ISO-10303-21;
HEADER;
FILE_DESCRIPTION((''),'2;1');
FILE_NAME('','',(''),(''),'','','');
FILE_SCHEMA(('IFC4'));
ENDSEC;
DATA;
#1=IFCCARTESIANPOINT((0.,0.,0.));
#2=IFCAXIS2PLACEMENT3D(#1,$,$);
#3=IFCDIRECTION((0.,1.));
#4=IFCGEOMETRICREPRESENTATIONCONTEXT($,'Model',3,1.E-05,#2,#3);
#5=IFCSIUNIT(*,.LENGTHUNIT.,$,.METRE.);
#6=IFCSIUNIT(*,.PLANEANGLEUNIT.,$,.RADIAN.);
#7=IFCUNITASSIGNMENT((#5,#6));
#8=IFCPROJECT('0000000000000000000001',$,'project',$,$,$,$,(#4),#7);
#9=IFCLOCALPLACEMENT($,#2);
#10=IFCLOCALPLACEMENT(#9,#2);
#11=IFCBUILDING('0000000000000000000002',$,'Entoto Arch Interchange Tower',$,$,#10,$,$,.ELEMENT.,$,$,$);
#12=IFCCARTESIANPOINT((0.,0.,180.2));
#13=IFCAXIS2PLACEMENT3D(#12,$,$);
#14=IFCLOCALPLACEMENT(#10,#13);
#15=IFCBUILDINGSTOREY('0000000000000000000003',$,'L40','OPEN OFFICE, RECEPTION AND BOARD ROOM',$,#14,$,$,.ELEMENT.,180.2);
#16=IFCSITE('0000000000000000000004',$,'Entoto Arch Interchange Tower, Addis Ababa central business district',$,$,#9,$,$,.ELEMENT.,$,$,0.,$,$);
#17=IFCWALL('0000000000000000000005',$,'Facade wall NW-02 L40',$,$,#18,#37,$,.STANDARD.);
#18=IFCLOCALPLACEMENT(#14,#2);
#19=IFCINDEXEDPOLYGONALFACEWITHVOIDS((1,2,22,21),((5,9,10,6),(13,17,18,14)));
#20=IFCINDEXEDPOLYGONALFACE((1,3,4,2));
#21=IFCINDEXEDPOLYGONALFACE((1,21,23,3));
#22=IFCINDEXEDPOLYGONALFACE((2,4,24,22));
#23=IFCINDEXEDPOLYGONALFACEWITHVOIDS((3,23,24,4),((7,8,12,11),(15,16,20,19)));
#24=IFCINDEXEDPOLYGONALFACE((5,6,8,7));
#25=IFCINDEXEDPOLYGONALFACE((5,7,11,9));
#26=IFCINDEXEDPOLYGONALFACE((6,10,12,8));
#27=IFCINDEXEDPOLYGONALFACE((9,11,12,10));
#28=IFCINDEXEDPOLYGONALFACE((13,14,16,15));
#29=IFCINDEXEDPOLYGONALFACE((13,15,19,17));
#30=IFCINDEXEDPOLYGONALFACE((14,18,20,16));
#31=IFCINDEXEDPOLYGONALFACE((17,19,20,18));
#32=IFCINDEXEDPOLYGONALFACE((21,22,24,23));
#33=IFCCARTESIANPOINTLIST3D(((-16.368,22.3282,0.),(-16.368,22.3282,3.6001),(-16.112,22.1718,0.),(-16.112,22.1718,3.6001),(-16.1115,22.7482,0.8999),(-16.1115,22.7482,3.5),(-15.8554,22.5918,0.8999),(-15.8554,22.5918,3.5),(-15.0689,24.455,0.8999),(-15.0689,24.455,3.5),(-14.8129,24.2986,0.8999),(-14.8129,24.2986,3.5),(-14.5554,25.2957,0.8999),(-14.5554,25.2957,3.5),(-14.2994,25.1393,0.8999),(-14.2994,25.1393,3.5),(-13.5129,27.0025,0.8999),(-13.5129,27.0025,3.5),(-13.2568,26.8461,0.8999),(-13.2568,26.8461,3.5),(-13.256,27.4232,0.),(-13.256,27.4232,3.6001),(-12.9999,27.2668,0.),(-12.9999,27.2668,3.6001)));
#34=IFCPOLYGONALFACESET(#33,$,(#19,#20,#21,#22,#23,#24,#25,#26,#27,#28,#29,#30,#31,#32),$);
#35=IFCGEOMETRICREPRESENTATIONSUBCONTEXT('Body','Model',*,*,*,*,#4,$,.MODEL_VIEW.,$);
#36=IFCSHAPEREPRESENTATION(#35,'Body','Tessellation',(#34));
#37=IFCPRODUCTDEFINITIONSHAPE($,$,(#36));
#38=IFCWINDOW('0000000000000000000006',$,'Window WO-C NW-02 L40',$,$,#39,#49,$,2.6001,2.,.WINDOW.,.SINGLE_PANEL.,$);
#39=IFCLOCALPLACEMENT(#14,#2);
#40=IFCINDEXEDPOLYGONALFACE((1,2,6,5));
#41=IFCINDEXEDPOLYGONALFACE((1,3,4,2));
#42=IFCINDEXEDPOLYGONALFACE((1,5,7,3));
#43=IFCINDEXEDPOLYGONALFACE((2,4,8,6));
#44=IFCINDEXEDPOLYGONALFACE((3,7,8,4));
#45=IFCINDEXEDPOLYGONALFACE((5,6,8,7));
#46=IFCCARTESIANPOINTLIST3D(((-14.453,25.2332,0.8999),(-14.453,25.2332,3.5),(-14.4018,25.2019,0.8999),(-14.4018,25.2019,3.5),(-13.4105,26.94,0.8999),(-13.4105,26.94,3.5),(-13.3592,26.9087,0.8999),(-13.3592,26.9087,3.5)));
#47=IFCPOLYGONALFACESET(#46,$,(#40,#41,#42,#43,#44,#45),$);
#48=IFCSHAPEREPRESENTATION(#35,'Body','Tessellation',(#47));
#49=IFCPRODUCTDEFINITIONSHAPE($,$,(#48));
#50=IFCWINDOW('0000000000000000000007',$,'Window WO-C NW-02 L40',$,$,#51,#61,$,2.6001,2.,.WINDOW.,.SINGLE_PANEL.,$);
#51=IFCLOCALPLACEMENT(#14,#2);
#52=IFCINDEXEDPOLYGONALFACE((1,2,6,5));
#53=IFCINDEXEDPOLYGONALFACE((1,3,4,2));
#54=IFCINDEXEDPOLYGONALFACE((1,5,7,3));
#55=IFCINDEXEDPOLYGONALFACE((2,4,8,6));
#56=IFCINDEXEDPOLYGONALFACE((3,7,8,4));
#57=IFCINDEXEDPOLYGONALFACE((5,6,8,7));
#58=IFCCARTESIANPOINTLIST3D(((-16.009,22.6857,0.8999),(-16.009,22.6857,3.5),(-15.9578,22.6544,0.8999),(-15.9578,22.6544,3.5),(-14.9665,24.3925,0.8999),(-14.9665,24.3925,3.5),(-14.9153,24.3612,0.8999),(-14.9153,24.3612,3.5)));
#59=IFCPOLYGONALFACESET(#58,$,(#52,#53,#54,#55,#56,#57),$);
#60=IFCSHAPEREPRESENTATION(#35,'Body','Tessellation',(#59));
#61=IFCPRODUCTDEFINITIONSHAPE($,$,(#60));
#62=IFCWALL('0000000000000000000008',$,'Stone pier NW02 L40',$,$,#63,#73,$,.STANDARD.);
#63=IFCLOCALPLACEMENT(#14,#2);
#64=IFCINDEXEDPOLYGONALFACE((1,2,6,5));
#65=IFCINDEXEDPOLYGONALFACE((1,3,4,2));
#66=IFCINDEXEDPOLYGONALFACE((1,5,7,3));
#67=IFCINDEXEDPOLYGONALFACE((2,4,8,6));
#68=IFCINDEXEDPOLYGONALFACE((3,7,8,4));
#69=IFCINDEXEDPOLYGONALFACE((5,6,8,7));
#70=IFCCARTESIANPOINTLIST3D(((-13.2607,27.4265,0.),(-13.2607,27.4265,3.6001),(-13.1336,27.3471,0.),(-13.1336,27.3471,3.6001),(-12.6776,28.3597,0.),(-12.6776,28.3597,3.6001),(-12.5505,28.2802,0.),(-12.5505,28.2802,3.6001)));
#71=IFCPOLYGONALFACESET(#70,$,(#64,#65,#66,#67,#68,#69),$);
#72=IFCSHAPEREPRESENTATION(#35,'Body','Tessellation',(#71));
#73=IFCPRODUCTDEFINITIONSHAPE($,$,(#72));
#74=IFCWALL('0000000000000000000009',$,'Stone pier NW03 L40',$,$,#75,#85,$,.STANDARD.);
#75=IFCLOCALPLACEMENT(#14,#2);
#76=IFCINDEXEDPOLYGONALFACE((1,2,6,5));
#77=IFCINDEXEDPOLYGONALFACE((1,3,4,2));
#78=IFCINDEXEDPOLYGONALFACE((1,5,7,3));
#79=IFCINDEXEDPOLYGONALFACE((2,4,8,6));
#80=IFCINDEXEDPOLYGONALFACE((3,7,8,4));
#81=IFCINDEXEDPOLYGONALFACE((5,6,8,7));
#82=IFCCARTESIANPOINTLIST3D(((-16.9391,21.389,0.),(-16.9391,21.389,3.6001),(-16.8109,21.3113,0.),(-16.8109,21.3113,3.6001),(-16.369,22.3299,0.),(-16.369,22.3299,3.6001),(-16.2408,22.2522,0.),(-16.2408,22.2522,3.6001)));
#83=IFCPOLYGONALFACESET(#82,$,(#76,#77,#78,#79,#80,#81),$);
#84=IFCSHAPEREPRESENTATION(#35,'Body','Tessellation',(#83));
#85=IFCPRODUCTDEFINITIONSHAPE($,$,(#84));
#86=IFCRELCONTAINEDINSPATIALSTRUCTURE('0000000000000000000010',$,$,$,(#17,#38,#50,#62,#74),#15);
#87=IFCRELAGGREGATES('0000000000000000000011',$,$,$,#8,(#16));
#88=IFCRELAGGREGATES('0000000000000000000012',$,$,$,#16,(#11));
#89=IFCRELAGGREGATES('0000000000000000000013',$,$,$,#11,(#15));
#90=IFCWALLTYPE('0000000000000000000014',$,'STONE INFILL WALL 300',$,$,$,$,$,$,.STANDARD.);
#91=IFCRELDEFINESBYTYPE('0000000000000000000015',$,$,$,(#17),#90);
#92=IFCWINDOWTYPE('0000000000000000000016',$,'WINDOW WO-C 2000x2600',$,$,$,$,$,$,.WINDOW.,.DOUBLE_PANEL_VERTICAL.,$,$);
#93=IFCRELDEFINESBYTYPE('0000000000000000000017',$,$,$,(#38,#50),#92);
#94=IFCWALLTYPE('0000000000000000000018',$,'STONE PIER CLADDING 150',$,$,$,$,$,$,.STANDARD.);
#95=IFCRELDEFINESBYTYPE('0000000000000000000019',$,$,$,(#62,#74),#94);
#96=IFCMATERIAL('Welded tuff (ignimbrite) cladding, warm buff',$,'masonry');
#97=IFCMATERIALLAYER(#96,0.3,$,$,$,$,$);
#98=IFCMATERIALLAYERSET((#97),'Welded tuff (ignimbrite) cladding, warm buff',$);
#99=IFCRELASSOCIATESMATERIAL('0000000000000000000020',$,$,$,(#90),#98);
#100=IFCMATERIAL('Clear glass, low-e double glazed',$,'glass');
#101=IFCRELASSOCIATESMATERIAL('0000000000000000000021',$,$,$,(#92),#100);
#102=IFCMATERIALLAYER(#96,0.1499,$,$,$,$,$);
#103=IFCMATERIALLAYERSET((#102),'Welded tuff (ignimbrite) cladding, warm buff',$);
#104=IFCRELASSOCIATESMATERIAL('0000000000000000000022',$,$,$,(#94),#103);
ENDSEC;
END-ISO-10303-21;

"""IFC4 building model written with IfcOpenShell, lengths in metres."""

from ifc_helpers import new_model, si_unit, direction, frame, frame_2d, origin, place, context, subcontext, project, spatial, rectangle, extrude, material, layer, layer_set, type_object, element, fill, save


model = new_model("IFC4")

# Units and contexts
model_context = context("Model", 3, precision=1e-05, world=origin(), true_north=direction((0.0, 1.0)))
body_context = subcontext(model_context, "Body", "Model", "MODEL_VIEW")
ifc_project = project(units=[si_unit("LENGTHUNIT", "METRE"), si_unit("PLANEANGLEUNIT", "RADIAN")], contexts=[model_context])

# Site, building, storey
site_placement = place(None, origin())
site = spatial("IfcSite", under=ifc_project, at=site_placement, Name="Entoto Arch Interchange Tower, Addis Ababa central business district", CompositionType="ELEMENT", RefElevation=0.0)
building_placement = place(site_placement, origin())
building = spatial("IfcBuilding", under=site, at=building_placement, Name="Entoto Arch Interchange Tower", CompositionType="ELEMENT")
storey_placement = place(building_placement, frame((0.0, 0.0, 180.2)))
storey = spatial("IfcBuildingStorey", under=building, at=storey_placement, Name="L40", Description="OPEN OFFICE, RECEPTION AND BOARD ROOM", CompositionType="ELEMENT", Elevation=180.2)

# Wall, openings, windows
ifc_material_1 = material(Name="Welded tuff (ignimbrite) cladding, warm buff", Category="masonry")
ifc_layer_1 = layer(ifc_material_1, 0.3)
ifc_layer_set_1 = layer_set([ifc_layer_1], Name="Welded tuff (ignimbrite) cladding, warm buff")
wall_type_1 = type_object("IfcWallType", Name="STONE INFILL WALL 300", PredefinedType="STANDARD", material=ifc_layer_set_1)
wall_1_placement = place(storey_placement, frame((-13.1279, 27.345, 0.0), z_axis=(0.0, 0.0, 1.0), x_axis=(-0.521263, -0.853396, 0.0)))
wall_1 = element("IfcWall", 1, at=wall_1_placement, inside=storey, type_object=wall_type_1, Name="Facade wall NW-02 L40", PredefinedType="STANDARD", context=body_context, shape_type="SweptSolid", body=[
    extrude(rectangle(XDim=5.9702, YDim=0.3, at=frame_2d((2.9851, 0.0))), origin(), (0.0, 0.0, 1.0), 3.6001),
])
opening_1_placement = place(wall_1_placement, frame((0.4929, 0.0, 0.8999)))
opening_1 = element("IfcOpeningElement", 2, at=opening_1_placement, cuts=wall_1, PredefinedType="OPENING", context=body_context, shape_type="SweptSolid", body=[
    extrude(rectangle(XDim=2.0, YDim=2.6001, at=frame_2d((1.0, 1.3))), frame((0.0, 0.1602, 0.0), z_axis=(0.0, -1.0, 0.0), x_axis=(1.0, 0.0, 0.0)), (0.0, 0.0, 1.0), 0.3201),
])
opening_2_placement = place(wall_1_placement, frame((3.478, 0.0, 0.8999)))
opening_2 = element("IfcOpeningElement", 3, at=opening_2_placement, cuts=wall_1, PredefinedType="OPENING", context=body_context, shape_type="SweptSolid", body=[
    extrude(rectangle(XDim=2.0, YDim=2.6001, at=frame_2d((1.0, 1.3))), frame((0.0, 0.1602, 0.0), z_axis=(0.0, -1.0, 0.0), x_axis=(1.0, 0.0, 0.0)), (0.0, 0.0, 1.0), 0.3201),
])
ifc_material_2 = material(Name="Clear glass, low-e double glazed", Category="glass")
window_type = type_object("IfcWindowType", Name="WINDOW WO-C 2000x2600", PartitioningType="DOUBLE_PANEL_VERTICAL", PredefinedType="WINDOW", material=ifc_material_2)
window_1_placement = place(opening_1_placement, origin())
window_1 = element("IfcWindow", 4, at=window_1_placement, inside=storey, type_object=window_type, Name="Window WO-C NW-02 L40", OverallHeight=2.6001, OverallWidth=2.0, PartitioningType="SINGLE_PANEL", PredefinedType="WINDOW", context=body_context, shape_type="SweptSolid", body=[
    extrude(rectangle(XDim=2.0, YDim=2.6001, at=frame_2d((1.0, 1.3))), frame((0.0, 0.03, 0.0), z_axis=(0.0, -1.0, 0.0), x_axis=(1.0, 0.0, 0.0)), (0.0, 0.0, 1.0), 0.0601),
])
fill(opening_1, window_1)
window_2_placement = place(opening_2_placement, origin())
window_2 = element("IfcWindow", 5, at=window_2_placement, inside=storey, type_object=window_type, Name="Window WO-C NW-02 L40", OverallHeight=2.6001, OverallWidth=2.0, PartitioningType="SINGLE_PANEL", PredefinedType="WINDOW", context=body_context, shape_type="SweptSolid", body=[
    extrude(rectangle(XDim=2.0, YDim=2.6001, at=frame_2d((1.0, 1.3))), frame((0.0, 0.03, 0.0), z_axis=(0.0, -1.0, 0.0), x_axis=(1.0, 0.0, 0.0)), (0.0, 0.0, 1.0), 0.0601),
])
fill(opening_2, window_2)

# Walls
ifc_layer_2 = layer(ifc_material_1, 0.1499)
ifc_layer_set_2 = layer_set([ifc_layer_2], Name="Welded tuff (ignimbrite) cladding, warm buff")
wall_type_2 = type_object("IfcWallType", Name="STONE PIER CLADDING 150", PredefinedType="STANDARD", material=ifc_layer_set_2)
wall_2_placement = place(storey_placement, frame((-12.614, 28.3201, 0.0), z_axis=(0.0, 0.0, 1.0), x_axis=(-0.529879, -0.848073, 0.0)))
element("IfcWall", 6, at=wall_2_placement, inside=storey, type_object=wall_type_2, Name="Stone pier NW02 L40", PredefinedType="STANDARD", context=body_context, shape_type="SweptSolid", body=[
    extrude(rectangle(XDim=1.1003, YDim=0.1499, at=frame_2d((0.5503, 0.0))), origin(), (0.0, 0.0, 1.0), 3.6001),
])
wall_3_placement = place(storey_placement, frame((-16.3049, 22.291, 0.0), z_axis=(0.0, 0.0, 1.0), x_axis=(-0.518179, -0.855272, 0.0)))
element("IfcWall", 7, at=wall_3_placement, inside=storey, type_object=wall_type_2, Name="Stone pier NW03 L40", PredefinedType="STANDARD", context=body_context, shape_type="SweptSolid", body=[
    extrude(rectangle(XDim=1.1001, YDim=0.1499, at=frame_2d((0.55, 0.0))), origin(), (0.0, 0.0, 1.0), 3.6001),
])

save(model, "model.ifc")
